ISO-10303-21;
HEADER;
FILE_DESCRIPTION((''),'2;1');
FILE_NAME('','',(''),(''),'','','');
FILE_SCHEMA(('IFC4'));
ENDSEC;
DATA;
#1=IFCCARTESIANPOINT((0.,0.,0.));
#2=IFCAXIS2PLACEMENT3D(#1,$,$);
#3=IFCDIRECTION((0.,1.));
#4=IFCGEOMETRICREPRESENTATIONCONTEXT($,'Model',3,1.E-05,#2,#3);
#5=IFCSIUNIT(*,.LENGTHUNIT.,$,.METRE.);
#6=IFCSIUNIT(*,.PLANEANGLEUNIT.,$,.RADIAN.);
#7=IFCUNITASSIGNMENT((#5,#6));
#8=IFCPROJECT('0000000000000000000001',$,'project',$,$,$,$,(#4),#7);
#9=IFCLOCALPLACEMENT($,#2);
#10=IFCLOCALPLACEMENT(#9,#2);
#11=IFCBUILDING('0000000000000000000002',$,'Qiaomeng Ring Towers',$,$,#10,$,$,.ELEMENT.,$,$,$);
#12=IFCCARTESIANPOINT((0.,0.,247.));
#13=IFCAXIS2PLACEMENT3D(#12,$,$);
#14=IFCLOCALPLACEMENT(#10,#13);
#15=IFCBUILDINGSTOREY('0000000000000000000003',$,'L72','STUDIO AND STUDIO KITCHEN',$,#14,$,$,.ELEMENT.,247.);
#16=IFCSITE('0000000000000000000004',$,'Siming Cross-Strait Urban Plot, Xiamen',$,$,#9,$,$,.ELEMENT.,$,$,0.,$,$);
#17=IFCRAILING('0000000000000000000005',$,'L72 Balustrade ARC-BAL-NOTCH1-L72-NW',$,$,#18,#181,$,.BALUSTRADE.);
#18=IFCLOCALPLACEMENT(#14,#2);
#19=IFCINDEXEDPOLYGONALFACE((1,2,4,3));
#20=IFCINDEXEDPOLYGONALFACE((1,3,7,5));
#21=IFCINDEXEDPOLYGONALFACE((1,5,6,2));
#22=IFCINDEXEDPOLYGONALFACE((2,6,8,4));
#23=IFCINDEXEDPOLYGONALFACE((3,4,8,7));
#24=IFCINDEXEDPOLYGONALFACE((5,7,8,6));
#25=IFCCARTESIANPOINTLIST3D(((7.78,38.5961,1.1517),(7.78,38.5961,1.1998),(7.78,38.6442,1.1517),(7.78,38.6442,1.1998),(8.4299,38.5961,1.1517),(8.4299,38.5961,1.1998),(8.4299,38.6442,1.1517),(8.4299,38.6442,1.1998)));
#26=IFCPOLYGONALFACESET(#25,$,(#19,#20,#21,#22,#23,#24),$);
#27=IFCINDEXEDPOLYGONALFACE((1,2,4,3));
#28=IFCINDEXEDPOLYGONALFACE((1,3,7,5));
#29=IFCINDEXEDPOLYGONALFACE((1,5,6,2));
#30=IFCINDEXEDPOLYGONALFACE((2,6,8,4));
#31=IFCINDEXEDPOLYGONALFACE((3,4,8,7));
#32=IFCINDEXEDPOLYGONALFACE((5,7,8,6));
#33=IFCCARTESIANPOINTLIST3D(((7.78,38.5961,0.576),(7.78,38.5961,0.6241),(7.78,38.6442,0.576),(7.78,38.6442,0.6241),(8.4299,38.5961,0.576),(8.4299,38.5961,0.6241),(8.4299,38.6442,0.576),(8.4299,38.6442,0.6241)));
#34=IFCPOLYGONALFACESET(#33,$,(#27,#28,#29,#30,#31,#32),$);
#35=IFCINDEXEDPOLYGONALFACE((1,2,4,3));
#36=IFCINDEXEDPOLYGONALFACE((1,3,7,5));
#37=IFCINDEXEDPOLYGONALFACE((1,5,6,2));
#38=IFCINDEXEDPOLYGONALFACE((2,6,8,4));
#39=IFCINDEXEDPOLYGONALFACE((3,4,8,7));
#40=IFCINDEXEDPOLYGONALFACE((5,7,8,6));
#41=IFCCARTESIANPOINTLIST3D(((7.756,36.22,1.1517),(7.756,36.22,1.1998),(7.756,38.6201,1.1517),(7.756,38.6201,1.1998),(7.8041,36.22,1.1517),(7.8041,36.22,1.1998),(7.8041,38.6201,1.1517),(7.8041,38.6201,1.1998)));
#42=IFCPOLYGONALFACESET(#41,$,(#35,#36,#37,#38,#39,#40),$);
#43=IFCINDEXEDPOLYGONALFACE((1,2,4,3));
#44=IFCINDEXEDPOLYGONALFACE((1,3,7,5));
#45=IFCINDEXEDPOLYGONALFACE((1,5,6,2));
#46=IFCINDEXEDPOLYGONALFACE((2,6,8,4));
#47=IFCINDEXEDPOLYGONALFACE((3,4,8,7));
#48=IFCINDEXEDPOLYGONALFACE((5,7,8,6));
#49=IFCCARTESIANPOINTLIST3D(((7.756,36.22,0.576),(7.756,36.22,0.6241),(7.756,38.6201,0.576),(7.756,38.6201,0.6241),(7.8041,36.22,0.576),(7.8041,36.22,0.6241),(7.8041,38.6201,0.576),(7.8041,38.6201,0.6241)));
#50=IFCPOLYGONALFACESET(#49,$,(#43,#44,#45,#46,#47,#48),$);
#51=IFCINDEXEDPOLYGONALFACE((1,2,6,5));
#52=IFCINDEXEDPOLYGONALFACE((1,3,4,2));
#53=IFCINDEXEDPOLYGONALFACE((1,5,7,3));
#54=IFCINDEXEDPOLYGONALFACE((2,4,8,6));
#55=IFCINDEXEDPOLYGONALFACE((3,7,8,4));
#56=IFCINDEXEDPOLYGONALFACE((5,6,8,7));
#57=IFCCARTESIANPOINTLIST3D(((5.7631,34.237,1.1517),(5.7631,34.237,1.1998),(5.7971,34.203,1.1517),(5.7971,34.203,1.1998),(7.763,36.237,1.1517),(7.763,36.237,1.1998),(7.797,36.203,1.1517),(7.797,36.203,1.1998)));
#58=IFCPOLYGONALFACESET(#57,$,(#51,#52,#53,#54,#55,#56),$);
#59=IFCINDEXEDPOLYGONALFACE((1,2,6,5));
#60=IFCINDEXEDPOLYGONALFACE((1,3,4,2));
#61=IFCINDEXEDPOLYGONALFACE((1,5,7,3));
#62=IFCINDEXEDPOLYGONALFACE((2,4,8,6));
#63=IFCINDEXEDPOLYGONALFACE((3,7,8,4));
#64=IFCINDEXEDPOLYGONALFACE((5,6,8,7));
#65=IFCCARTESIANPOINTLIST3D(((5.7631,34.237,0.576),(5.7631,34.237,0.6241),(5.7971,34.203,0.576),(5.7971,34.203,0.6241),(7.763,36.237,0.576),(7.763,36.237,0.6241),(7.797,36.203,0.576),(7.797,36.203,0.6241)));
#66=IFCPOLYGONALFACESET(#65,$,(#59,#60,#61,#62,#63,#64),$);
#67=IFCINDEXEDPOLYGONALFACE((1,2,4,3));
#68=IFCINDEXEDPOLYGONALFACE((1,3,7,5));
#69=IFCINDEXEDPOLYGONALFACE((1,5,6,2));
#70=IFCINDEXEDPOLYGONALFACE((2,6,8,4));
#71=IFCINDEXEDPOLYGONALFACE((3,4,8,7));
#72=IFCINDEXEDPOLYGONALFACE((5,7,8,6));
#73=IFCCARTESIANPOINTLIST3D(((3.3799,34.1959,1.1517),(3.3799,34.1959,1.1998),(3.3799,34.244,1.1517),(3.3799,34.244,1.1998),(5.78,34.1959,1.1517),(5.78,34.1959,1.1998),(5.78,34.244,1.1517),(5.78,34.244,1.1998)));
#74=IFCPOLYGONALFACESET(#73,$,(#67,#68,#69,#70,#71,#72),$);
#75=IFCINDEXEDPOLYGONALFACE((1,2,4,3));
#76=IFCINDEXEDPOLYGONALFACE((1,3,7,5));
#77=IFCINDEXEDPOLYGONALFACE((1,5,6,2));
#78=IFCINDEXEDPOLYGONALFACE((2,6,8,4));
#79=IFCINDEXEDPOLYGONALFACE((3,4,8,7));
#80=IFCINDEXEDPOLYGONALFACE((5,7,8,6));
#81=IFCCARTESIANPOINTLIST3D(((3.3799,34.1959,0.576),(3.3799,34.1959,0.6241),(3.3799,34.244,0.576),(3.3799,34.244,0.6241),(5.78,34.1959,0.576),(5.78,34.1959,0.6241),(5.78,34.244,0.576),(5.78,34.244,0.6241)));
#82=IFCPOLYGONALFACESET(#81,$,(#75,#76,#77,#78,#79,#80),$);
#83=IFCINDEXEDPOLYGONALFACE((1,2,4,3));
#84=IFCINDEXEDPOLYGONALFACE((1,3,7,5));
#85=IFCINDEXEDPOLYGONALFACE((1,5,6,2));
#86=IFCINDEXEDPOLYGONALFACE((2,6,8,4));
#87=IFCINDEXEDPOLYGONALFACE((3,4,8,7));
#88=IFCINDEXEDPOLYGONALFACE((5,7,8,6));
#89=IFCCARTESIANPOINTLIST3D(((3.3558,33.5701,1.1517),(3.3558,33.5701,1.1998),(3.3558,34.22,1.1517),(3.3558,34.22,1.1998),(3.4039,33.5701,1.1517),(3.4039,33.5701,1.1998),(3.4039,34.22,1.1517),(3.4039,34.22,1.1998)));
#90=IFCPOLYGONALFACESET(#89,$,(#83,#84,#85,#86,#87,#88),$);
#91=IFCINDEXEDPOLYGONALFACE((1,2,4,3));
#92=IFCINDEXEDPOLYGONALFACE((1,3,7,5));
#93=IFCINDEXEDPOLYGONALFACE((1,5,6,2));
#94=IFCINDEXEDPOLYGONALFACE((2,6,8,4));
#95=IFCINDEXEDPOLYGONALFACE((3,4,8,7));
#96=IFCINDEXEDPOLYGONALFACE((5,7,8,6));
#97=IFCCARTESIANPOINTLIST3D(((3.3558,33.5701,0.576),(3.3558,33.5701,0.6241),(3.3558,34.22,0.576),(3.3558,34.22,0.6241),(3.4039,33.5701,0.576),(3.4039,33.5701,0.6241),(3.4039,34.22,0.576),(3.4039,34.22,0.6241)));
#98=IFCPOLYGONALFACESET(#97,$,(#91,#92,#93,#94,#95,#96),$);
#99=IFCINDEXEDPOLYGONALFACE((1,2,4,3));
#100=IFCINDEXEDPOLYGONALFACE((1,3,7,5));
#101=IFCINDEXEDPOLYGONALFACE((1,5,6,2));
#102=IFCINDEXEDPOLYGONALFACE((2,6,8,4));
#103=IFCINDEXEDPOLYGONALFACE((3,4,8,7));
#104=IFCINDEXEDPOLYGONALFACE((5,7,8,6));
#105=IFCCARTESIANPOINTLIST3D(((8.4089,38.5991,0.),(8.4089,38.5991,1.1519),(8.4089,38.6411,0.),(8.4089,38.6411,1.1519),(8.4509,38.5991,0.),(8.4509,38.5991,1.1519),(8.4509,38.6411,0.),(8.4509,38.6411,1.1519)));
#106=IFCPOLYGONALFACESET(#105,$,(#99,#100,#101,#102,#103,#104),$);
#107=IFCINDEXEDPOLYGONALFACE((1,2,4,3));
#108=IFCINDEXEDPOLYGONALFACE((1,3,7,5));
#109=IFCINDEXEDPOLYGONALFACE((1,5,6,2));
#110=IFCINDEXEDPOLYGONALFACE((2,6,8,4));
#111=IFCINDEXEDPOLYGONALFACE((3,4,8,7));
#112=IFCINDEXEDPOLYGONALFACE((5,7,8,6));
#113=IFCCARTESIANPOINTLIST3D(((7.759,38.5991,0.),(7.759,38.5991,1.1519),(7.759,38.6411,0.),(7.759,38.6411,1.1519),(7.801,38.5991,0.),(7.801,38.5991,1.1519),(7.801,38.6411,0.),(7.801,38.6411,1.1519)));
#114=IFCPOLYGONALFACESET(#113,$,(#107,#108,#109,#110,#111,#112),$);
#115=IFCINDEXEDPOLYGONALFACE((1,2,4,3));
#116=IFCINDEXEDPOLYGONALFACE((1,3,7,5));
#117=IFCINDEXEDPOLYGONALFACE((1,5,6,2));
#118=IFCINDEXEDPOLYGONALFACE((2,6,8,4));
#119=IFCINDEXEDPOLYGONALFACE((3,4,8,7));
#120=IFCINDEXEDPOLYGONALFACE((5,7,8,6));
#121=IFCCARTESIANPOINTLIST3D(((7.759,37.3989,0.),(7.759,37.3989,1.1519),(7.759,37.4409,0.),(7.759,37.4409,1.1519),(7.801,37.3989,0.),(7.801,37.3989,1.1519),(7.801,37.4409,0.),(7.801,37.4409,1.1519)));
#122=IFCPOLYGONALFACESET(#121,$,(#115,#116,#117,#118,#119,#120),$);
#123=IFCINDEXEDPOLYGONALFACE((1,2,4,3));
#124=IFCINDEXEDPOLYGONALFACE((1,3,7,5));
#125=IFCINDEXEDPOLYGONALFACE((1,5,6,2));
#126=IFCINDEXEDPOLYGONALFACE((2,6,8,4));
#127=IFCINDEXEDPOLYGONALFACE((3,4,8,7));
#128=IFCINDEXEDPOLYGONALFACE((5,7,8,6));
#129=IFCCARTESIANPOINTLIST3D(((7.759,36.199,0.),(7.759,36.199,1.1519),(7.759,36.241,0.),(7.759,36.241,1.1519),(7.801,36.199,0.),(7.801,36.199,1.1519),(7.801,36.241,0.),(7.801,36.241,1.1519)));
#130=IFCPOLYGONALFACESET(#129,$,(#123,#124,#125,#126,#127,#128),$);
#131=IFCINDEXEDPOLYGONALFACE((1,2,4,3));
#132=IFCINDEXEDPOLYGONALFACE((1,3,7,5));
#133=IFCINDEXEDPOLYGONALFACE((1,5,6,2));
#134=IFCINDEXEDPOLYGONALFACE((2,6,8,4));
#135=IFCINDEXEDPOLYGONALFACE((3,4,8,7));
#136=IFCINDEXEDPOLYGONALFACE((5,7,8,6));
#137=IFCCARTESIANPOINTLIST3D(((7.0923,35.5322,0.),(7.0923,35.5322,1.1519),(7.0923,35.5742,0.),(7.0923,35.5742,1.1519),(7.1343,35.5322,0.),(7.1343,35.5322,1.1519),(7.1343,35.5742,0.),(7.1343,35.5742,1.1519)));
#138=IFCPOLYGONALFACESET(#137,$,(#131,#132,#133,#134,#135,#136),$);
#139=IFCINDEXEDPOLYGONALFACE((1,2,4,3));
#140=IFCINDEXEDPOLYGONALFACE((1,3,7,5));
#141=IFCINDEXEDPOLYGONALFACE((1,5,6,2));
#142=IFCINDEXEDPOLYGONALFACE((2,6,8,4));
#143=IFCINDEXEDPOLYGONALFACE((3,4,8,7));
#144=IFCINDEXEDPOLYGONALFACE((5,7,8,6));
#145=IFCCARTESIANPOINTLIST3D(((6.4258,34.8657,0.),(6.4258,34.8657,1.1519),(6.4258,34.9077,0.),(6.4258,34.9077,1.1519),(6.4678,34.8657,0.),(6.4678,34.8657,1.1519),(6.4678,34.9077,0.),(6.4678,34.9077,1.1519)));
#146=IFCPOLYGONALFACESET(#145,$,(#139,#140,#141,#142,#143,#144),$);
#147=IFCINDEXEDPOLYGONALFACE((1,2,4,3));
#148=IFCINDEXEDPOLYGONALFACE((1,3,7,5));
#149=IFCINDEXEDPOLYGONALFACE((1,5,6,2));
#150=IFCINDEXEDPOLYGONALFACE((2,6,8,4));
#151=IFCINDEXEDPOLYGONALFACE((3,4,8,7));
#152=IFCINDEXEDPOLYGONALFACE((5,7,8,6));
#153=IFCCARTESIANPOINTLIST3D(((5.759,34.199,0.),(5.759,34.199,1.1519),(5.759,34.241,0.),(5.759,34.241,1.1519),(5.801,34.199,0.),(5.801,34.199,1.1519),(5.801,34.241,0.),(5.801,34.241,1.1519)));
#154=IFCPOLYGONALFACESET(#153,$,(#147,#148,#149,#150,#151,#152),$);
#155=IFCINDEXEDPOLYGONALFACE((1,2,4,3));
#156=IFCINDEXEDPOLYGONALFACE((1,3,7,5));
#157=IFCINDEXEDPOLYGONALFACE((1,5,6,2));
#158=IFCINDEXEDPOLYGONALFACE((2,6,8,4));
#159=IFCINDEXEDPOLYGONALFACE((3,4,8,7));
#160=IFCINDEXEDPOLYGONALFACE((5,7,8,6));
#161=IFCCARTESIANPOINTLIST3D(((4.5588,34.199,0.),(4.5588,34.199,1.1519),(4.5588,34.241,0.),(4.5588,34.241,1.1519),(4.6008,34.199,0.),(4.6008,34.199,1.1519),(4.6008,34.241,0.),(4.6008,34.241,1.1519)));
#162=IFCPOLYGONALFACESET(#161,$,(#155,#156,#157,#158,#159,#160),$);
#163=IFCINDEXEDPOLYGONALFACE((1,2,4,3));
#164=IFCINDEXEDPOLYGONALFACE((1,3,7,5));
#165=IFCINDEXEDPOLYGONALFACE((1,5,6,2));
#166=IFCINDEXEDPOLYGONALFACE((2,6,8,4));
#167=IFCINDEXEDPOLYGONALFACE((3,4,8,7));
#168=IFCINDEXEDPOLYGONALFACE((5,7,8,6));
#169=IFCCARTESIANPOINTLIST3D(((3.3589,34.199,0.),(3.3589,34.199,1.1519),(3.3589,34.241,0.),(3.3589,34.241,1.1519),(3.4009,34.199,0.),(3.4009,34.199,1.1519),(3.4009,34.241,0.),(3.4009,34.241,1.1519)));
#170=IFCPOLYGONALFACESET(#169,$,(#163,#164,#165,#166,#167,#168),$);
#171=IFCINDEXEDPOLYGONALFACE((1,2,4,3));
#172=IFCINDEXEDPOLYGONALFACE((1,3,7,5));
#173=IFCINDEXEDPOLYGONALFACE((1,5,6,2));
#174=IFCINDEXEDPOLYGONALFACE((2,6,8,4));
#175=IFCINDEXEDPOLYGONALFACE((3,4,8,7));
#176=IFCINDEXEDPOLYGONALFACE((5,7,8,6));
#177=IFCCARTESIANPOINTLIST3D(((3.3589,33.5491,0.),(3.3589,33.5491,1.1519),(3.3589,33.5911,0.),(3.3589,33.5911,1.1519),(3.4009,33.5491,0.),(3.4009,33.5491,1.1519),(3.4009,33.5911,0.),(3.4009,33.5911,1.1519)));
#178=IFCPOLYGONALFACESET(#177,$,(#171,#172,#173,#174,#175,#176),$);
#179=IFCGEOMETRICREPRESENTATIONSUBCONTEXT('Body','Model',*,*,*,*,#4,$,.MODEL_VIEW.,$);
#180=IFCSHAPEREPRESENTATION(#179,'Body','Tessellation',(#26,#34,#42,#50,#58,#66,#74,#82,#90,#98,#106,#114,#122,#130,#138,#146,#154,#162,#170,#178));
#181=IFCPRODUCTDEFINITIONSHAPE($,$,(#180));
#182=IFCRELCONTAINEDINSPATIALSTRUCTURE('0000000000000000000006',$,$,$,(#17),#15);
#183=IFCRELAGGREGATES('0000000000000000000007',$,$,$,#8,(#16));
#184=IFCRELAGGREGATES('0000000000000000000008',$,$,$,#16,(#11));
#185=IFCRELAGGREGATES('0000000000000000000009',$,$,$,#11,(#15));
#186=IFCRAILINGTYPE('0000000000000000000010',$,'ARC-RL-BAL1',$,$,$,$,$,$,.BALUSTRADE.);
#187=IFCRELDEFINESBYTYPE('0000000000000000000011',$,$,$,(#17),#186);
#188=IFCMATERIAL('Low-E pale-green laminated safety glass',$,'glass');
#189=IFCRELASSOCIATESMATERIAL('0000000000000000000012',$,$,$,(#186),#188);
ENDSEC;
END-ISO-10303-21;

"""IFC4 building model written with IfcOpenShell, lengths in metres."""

from ifc_helpers import new_model, si_unit, direction, frame, origin, origin_2d, place, context, subcontext, project, spatial, rectangle, extrude, material, type_object, element, save


model = new_model("IFC4")

# Units and contexts
model_context = context("Model", 3, precision=1e-05, world=origin(), true_north=direction((0.0, 1.0)))
body_context = subcontext(model_context, "Body", "Model", "MODEL_VIEW")
ifc_project = project(units=[si_unit("LENGTHUNIT", "METRE"), si_unit("PLANEANGLEUNIT", "RADIAN")], contexts=[model_context])

# Site, building, storey
site_placement = place(None, origin())
site = spatial("IfcSite", under=ifc_project, at=site_placement, Name="Siming Cross-Strait Urban Plot, Xiamen", CompositionType="ELEMENT", RefElevation=0.0)
building_placement = place(site_placement, origin())
building = spatial("IfcBuilding", under=site, at=building_placement, Name="Qiaomeng Ring Towers", CompositionType="ELEMENT")
storey_placement = place(building_placement, frame((0.0, 0.0, 247.0)))
storey = spatial("IfcBuildingStorey", under=building, at=storey_placement, Name="L72", Description="STUDIO AND STUDIO KITCHEN", CompositionType="ELEMENT", Elevation=247.0)

# Railing
ifc_material_1 = material(Name="Low-E pale-green laminated safety glass", Category="glass")
railing_type = type_object("IfcRailingType", Name="ARC-RL-BAL1", PredefinedType="BALUSTRADE", material=ifc_material_1)
railing_placement = place(storey_placement, frame((8.4299, 38.6201, 0.0)))
element("IfcRailing", 1, at=railing_placement, inside=storey, type_object=railing_type, Name="L72 Balustrade ARC-BAL-NOTCH1-L72-NW", PredefinedType="BALUSTRADE", context=body_context, shape_type="SweptSolid", body=[
    extrude(rectangle(XDim=0.0481, YDim=0.0481, at=origin_2d()), frame((0.0, 0.0, 1.1758), z_axis=(-1.0, 0.0, 0.0), x_axis=(0.0, -1.0, 0.0)), (0.0, 0.0, 1.0), 0.6499),
    extrude(rectangle(XDim=0.0481, YDim=0.0481, at=origin_2d()), frame((0.0, 0.0, 0.6001), z_axis=(-1.0, 0.0, 0.0), x_axis=(0.0, -1.0, 0.0)), (0.0, 0.0, 1.0), 0.6499),
    extrude(rectangle(XDim=0.0481, YDim=0.0481, at=origin_2d()), frame((-0.6499, 0.0, 1.1758), z_axis=(0.0, -1.0, 0.0), x_axis=(1.0, 0.0, 0.0)), (0.0, 0.0, 1.0), 2.4001),
    extrude(rectangle(XDim=0.0481, YDim=0.0481, at=origin_2d()), frame((-0.6499, 0.0, 0.6001), z_axis=(0.0, -1.0, 0.0), x_axis=(1.0, 0.0, 0.0)), (0.0, 0.0, 1.0), 2.4001),
    extrude(rectangle(XDim=0.0481, YDim=0.0481, at=origin_2d()), frame((-0.6499, -2.4001, 1.1758), z_axis=(-0.707107, -0.707107, 0.0), x_axis=(0.707107, -0.707107, 0.0)), (0.0, 0.0, 1.0), 2.8284),
    extrude(rectangle(XDim=0.0481, YDim=0.0481, at=origin_2d()), frame((-0.6499, -2.4001, 0.6001), z_axis=(-0.707107, -0.707107, 0.0), x_axis=(0.707107, -0.707107, 0.0)), (0.0, 0.0, 1.0), 2.8284),
    extrude(rectangle(XDim=0.0481, YDim=0.0481, at=origin_2d()), frame((-2.6499, -4.4001, 1.1758), z_axis=(-1.0, 0.0, 0.0), x_axis=(0.0, -1.0, 0.0)), (0.0, 0.0, 1.0), 2.4001),
    extrude(rectangle(XDim=0.0481, YDim=0.0481, at=origin_2d()), frame((-2.6499, -4.4001, 0.6001), z_axis=(-1.0, 0.0, 0.0), x_axis=(0.0, -1.0, 0.0)), (0.0, 0.0, 1.0), 2.4001),
    extrude(rectangle(XDim=0.0481, YDim=0.0481, at=origin_2d()), frame((-5.05, -4.4001, 1.1758), z_axis=(0.0, -1.0, 0.0), x_axis=(1.0, 0.0, 0.0)), (0.0, 0.0, 1.0), 0.6499),
    extrude(rectangle(XDim=0.0481, YDim=0.0481, at=origin_2d()), frame((-5.05, -4.4001, 0.6001), z_axis=(0.0, -1.0, 0.0), x_axis=(1.0, 0.0, 0.0)), (0.0, 0.0, 1.0), 0.6499),
    extrude(rectangle(XDim=0.042, YDim=0.042, at=origin_2d()), origin(), (0.0, 0.0, 1.0), 1.1519),
    extrude(rectangle(XDim=0.042, YDim=0.042, at=origin_2d()), frame((-0.6499, 0.0, 0.0)), (0.0, 0.0, 1.0), 1.1519),
    extrude(rectangle(XDim=0.042, YDim=0.042, at=origin_2d()), frame((-0.6499, -1.2002, 0.0)), (0.0, 0.0, 1.0), 1.1519),
    extrude(rectangle(XDim=0.042, YDim=0.042, at=origin_2d()), frame((-0.6499, -2.4001, 0.0)), (0.0, 0.0, 1.0), 1.1519),
    extrude(rectangle(XDim=0.042, YDim=0.042, at=origin_2d()), frame((-1.3167, -3.0669, 0.0)), (0.0, 0.0, 1.0), 1.1519),
    extrude(rectangle(XDim=0.042, YDim=0.042, at=origin_2d()), frame((-1.9832, -3.7334, 0.0)), (0.0, 0.0, 1.0), 1.1519),
    extrude(rectangle(XDim=0.042, YDim=0.042, at=origin_2d()), frame((-2.6499, -4.4001, 0.0)), (0.0, 0.0, 1.0), 1.1519),
    extrude(rectangle(XDim=0.042, YDim=0.042, at=origin_2d()), frame((-3.8501, -4.4001, 0.0)), (0.0, 0.0, 1.0), 1.1519),
    extrude(rectangle(XDim=0.042, YDim=0.042, at=origin_2d()), frame((-5.05, -4.4001, 0.0)), (0.0, 0.0, 1.0), 1.1519),
    extrude(rectangle(XDim=0.042, YDim=0.042, at=origin_2d()), frame((-5.05, -5.05, 0.0)), (0.0, 0.0, 1.0), 1.1519),
])

save(model, "model.ifc")
